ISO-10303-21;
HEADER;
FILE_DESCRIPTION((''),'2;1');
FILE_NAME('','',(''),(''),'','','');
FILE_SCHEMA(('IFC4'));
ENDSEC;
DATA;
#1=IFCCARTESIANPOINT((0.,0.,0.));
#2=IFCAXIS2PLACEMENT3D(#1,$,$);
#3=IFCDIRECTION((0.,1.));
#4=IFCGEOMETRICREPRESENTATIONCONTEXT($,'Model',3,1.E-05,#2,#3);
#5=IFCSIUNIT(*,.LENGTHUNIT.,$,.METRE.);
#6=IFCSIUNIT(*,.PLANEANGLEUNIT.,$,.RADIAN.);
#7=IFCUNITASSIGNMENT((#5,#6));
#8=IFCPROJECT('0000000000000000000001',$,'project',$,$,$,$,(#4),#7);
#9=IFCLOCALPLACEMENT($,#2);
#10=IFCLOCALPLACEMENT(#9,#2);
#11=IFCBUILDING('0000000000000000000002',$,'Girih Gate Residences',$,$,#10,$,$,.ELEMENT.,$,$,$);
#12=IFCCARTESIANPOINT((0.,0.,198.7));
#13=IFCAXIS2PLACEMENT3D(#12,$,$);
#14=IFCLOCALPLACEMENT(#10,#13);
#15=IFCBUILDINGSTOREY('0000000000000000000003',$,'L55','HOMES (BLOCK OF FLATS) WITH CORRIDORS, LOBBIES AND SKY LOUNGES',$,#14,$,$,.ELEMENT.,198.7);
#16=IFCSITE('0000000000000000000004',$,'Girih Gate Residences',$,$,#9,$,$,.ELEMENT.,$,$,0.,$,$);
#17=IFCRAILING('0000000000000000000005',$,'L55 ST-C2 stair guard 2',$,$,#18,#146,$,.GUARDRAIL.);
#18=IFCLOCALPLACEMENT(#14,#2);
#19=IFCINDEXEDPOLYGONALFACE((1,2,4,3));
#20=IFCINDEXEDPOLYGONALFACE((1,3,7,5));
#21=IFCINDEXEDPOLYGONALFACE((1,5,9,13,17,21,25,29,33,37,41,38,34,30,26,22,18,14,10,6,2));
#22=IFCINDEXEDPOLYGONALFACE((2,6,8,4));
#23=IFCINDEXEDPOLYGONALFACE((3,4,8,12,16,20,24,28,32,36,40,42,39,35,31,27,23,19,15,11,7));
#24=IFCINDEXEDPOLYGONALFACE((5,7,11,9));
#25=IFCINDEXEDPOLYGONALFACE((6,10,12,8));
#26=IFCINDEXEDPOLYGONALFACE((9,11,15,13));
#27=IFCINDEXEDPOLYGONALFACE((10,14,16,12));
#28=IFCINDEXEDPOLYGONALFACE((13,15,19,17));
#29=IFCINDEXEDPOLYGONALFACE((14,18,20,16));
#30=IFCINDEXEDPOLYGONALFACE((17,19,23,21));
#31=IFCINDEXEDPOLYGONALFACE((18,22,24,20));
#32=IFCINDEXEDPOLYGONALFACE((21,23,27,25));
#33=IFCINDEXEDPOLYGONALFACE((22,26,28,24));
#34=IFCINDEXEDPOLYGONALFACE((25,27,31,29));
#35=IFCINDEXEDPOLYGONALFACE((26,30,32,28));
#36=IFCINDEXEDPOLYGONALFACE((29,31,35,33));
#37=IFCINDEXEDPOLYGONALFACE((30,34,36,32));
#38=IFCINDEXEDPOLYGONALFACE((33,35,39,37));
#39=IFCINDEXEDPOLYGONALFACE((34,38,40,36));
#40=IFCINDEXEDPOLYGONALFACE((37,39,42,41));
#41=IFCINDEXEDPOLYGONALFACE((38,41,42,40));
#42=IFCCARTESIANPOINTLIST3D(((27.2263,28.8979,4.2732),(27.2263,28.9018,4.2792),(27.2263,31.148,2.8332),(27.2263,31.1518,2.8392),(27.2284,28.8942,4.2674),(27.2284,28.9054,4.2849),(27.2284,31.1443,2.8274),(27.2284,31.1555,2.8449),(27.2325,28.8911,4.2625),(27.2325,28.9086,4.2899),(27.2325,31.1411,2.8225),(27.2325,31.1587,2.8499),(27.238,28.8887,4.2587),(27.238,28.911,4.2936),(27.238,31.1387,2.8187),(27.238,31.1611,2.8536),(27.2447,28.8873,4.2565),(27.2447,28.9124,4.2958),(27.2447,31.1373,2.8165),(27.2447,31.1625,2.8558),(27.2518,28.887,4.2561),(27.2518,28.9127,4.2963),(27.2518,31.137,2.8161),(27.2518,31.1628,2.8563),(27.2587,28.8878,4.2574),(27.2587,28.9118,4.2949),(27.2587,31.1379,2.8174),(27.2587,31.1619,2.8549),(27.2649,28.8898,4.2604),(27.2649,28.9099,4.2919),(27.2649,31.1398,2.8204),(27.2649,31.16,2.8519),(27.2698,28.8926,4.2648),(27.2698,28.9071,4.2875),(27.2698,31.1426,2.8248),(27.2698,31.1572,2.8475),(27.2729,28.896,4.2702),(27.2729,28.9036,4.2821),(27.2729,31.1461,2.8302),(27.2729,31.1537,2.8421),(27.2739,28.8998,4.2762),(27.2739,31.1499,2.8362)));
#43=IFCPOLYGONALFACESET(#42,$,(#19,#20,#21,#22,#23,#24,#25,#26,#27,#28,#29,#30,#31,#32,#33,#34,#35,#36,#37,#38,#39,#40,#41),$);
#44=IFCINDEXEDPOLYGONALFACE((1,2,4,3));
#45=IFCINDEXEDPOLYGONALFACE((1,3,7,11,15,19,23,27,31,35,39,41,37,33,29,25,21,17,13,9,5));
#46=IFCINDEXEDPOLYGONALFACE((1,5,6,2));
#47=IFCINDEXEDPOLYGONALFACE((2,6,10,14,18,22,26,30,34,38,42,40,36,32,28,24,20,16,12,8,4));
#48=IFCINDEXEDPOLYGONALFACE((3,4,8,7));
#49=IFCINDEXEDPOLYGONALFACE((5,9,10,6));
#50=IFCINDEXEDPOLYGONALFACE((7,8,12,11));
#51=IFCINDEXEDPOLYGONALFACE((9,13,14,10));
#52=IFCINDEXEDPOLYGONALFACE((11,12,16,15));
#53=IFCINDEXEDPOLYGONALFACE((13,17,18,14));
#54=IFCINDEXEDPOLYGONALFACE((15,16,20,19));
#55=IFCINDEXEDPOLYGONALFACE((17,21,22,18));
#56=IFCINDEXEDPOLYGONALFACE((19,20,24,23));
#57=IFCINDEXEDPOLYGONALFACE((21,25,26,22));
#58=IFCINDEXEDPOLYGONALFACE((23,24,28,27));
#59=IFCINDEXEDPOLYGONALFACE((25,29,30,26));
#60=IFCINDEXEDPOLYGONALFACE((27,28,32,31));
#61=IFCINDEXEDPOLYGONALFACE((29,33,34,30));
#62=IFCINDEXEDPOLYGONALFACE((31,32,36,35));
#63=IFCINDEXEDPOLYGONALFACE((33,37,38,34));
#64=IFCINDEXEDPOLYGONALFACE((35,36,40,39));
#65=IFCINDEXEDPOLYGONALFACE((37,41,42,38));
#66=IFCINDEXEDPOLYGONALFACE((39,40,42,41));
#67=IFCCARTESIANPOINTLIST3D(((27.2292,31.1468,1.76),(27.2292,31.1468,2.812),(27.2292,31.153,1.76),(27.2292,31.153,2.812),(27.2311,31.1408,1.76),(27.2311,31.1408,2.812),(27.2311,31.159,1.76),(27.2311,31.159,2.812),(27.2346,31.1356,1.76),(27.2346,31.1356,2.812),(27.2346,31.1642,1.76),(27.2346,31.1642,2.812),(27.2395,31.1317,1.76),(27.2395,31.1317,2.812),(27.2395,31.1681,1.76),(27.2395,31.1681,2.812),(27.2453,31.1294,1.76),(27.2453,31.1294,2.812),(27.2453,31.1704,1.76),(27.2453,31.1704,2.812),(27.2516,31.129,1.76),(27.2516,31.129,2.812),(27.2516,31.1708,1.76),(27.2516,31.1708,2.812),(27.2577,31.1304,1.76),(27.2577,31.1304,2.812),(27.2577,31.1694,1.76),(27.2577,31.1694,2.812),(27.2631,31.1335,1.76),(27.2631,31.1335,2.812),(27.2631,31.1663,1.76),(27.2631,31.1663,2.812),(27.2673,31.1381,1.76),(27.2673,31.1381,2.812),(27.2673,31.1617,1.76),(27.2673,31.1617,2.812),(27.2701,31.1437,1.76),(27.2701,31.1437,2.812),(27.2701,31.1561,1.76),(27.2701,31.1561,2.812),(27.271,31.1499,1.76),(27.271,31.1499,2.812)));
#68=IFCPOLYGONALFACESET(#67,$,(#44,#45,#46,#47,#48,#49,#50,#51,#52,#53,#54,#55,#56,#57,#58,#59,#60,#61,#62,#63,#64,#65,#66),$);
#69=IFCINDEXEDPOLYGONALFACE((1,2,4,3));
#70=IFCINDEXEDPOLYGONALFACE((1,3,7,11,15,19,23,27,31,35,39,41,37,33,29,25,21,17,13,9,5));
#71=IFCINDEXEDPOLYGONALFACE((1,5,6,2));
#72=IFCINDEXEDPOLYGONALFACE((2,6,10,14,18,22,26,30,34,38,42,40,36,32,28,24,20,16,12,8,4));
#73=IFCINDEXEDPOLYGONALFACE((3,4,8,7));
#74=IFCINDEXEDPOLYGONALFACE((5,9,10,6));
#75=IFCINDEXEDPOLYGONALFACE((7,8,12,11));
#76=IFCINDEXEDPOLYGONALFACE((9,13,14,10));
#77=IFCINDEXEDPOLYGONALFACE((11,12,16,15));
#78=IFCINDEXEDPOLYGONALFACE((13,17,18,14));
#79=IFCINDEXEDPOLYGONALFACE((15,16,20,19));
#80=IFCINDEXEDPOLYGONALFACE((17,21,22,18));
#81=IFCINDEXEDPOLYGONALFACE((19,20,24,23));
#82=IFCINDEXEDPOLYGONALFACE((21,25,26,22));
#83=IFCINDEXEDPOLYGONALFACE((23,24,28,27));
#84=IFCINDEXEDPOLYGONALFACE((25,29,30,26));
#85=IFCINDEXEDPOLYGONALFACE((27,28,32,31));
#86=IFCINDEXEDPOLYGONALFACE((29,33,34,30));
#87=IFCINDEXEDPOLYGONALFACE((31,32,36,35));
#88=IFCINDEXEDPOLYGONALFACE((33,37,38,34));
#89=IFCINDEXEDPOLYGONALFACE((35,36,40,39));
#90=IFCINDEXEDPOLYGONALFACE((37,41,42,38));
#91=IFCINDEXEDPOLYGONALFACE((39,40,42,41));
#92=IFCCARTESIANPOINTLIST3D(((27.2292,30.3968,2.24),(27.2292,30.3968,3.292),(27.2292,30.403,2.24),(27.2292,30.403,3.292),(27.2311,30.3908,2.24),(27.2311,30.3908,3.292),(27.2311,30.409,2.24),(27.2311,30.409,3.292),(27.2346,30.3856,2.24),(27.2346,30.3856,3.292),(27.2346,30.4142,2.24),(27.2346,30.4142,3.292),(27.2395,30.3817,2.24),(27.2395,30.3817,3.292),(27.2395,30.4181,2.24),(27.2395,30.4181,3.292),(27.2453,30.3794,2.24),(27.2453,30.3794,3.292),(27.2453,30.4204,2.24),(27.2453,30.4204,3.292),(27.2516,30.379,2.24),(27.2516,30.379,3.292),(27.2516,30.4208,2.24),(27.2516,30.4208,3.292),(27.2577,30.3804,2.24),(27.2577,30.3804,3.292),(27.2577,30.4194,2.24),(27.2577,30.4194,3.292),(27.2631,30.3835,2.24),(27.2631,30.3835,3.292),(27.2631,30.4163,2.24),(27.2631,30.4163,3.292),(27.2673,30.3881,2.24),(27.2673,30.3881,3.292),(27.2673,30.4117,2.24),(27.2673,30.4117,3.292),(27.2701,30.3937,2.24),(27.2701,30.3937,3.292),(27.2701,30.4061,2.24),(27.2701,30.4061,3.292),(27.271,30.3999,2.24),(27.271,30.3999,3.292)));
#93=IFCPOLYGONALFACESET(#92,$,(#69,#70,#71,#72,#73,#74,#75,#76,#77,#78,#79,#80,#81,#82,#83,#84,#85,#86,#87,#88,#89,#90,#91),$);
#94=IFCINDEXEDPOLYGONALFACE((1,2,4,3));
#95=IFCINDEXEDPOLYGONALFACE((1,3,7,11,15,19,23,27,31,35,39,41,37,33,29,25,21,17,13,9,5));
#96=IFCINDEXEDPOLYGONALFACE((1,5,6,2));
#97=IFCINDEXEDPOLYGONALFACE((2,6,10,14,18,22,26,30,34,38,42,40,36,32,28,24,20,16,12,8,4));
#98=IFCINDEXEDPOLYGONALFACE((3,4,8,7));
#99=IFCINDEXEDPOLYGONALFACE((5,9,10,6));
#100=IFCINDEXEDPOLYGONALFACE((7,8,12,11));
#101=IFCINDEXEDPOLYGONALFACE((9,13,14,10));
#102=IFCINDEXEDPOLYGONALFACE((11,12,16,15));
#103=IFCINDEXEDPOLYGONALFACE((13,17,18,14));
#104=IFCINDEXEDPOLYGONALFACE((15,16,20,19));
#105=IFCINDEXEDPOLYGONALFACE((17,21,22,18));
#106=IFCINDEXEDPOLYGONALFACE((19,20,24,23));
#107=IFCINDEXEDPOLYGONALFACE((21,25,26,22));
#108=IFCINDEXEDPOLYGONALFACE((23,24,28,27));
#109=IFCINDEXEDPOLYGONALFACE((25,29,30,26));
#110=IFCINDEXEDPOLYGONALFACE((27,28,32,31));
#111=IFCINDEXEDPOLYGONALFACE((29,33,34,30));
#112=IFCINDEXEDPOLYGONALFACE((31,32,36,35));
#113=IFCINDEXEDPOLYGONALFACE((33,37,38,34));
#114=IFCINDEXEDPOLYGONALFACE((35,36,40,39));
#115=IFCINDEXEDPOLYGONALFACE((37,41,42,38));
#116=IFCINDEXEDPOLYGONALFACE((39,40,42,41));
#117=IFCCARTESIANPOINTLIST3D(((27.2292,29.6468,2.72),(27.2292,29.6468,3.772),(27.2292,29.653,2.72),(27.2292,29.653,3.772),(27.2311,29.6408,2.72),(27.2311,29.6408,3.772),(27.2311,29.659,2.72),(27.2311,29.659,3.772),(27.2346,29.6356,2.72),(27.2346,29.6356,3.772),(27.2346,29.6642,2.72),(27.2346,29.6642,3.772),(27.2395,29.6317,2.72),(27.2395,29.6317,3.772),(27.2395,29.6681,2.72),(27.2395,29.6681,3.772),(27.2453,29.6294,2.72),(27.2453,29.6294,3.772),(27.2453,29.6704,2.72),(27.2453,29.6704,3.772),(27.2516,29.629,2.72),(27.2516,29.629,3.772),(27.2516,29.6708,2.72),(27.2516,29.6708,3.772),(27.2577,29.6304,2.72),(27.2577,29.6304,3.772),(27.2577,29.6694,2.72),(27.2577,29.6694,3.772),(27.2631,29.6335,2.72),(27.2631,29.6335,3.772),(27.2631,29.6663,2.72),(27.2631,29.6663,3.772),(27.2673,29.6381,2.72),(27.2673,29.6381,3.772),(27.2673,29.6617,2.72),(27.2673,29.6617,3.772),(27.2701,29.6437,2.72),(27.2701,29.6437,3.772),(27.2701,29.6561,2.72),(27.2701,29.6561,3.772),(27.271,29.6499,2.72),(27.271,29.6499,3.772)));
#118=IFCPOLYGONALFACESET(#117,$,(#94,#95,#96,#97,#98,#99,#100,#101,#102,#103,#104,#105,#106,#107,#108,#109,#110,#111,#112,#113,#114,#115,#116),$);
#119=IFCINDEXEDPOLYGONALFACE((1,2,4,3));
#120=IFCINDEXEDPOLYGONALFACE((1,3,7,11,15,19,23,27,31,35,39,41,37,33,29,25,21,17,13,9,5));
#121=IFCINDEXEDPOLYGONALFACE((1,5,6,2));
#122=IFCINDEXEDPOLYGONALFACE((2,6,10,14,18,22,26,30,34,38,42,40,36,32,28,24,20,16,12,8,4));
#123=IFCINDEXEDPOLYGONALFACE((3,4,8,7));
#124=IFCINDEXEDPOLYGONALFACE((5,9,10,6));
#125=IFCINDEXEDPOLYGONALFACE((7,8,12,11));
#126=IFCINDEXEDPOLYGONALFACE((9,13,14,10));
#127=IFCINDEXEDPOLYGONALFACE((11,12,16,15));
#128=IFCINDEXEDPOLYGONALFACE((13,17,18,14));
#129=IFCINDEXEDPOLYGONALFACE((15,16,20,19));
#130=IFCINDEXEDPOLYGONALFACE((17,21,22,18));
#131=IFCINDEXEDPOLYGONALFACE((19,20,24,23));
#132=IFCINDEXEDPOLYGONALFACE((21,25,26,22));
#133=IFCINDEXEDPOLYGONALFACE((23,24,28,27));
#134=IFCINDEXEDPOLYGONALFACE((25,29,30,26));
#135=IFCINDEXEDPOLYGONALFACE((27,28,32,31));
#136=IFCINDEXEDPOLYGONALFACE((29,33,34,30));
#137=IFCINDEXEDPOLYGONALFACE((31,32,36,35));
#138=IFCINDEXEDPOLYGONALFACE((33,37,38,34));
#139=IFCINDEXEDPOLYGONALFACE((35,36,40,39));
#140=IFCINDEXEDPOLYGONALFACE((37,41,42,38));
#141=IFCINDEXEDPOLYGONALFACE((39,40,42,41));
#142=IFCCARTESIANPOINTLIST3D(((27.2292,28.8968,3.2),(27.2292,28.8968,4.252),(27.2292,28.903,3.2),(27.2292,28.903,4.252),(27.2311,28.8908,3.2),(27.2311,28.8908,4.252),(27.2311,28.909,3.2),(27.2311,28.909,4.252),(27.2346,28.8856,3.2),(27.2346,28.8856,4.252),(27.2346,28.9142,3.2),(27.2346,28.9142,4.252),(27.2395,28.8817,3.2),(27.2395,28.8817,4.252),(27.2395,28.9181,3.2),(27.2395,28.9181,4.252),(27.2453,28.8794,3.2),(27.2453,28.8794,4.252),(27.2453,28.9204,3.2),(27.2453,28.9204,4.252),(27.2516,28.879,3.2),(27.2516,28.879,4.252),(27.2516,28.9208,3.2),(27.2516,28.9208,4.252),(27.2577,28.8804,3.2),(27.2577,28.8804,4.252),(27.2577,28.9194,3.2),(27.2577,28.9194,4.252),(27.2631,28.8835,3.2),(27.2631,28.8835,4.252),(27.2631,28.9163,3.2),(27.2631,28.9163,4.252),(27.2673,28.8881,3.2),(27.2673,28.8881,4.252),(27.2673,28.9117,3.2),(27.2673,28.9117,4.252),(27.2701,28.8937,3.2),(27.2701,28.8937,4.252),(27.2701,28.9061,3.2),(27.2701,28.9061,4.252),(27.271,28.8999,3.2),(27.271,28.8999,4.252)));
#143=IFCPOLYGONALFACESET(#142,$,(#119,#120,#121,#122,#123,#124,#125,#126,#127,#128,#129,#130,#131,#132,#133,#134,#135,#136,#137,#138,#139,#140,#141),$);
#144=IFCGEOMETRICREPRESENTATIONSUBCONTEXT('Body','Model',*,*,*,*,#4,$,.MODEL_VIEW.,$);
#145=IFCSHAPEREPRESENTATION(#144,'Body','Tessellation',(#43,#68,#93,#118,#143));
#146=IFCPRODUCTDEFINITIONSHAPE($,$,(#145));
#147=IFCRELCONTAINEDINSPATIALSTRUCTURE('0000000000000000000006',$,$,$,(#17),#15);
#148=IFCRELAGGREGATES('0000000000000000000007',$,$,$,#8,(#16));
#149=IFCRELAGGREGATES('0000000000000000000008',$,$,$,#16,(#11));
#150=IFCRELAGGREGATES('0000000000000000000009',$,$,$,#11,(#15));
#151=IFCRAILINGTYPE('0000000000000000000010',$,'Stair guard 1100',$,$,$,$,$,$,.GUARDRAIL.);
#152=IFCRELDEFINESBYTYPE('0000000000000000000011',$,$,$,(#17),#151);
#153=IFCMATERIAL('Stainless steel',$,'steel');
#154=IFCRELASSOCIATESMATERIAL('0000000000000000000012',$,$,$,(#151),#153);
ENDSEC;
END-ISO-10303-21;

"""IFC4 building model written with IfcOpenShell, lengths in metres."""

from ifc_helpers import new_model, si_unit, direction, frame, origin, origin_2d, place, context, subcontext, project, spatial, circle, extrude, material, type_object, element, save


model = new_model("IFC4")

# Units and contexts
model_context = context("Model", 3, precision=1e-05, world=origin(), true_north=direction((0.0, 1.0)))
body_context = subcontext(model_context, "Body", "Model", "MODEL_VIEW")
ifc_project = project(units=[si_unit("LENGTHUNIT", "METRE"), si_unit("PLANEANGLEUNIT", "RADIAN")], contexts=[model_context])

# Site, building, storey
site_placement = place(None, origin())
site = spatial("IfcSite", under=ifc_project, at=site_placement, Name="Girih Gate Residences", CompositionType="ELEMENT", RefElevation=0.0)
building_placement = place(site_placement, origin())
building = spatial("IfcBuilding", under=site, at=building_placement, Name="Girih Gate Residences", CompositionType="ELEMENT")
storey_placement = place(building_placement, frame((0.0, 0.0, 198.7)))
storey = spatial("IfcBuildingStorey", under=building, at=storey_placement, Name="L55", Description="HOMES (BLOCK OF FLATS) WITH CORRIDORS, LOBBIES AND SKY LOUNGES", CompositionType="ELEMENT", Elevation=198.7)

# Railing
ifc_material_1 = material(Name="Stainless steel", Category="steel")
railing_type_1 = type_object("IfcRailingType", Name="Stair guard 1100", PredefinedType="GUARDRAIL", material=ifc_material_1)
railing_1_placement = place(storey_placement, frame((27.25, 31.1499, 1.76)))
element("IfcRailing", 1, at=railing_1_placement, inside=storey, type_object=railing_type_1, Name="L55 ST-C2 stair guard 2", PredefinedType="GUARDRAIL", context=body_context, shape_type="SweptSolid", body=[
    extrude(circle(Radius=0.0239, at=origin_2d()), frame((0.0, 0.0, 1.0762), z_axis=(0.0, -0.842281, 0.539038), x_axis=(1.0, 0.0, 0.0)), (0.0, 0.0, 1.0), 2.6714),
    extrude(circle(Radius=0.021, at=origin_2d()), origin(), (0.0, 0.0, 1.0), 1.052),
    extrude(circle(Radius=0.021, at=origin_2d()), frame((0.0, -0.75, 0.48)), (0.0, 0.0, 1.0), 1.052),
    extrude(circle(Radius=0.021, at=origin_2d()), frame((0.0, -1.5, 0.96)), (0.0, 0.0, 1.0), 1.052),
    extrude(circle(Radius=0.021, at=origin_2d()), frame((0.0, -2.25, 1.4399)), (0.0, 0.0, 1.0), 1.052),
])

save(model, "model.ifc")
